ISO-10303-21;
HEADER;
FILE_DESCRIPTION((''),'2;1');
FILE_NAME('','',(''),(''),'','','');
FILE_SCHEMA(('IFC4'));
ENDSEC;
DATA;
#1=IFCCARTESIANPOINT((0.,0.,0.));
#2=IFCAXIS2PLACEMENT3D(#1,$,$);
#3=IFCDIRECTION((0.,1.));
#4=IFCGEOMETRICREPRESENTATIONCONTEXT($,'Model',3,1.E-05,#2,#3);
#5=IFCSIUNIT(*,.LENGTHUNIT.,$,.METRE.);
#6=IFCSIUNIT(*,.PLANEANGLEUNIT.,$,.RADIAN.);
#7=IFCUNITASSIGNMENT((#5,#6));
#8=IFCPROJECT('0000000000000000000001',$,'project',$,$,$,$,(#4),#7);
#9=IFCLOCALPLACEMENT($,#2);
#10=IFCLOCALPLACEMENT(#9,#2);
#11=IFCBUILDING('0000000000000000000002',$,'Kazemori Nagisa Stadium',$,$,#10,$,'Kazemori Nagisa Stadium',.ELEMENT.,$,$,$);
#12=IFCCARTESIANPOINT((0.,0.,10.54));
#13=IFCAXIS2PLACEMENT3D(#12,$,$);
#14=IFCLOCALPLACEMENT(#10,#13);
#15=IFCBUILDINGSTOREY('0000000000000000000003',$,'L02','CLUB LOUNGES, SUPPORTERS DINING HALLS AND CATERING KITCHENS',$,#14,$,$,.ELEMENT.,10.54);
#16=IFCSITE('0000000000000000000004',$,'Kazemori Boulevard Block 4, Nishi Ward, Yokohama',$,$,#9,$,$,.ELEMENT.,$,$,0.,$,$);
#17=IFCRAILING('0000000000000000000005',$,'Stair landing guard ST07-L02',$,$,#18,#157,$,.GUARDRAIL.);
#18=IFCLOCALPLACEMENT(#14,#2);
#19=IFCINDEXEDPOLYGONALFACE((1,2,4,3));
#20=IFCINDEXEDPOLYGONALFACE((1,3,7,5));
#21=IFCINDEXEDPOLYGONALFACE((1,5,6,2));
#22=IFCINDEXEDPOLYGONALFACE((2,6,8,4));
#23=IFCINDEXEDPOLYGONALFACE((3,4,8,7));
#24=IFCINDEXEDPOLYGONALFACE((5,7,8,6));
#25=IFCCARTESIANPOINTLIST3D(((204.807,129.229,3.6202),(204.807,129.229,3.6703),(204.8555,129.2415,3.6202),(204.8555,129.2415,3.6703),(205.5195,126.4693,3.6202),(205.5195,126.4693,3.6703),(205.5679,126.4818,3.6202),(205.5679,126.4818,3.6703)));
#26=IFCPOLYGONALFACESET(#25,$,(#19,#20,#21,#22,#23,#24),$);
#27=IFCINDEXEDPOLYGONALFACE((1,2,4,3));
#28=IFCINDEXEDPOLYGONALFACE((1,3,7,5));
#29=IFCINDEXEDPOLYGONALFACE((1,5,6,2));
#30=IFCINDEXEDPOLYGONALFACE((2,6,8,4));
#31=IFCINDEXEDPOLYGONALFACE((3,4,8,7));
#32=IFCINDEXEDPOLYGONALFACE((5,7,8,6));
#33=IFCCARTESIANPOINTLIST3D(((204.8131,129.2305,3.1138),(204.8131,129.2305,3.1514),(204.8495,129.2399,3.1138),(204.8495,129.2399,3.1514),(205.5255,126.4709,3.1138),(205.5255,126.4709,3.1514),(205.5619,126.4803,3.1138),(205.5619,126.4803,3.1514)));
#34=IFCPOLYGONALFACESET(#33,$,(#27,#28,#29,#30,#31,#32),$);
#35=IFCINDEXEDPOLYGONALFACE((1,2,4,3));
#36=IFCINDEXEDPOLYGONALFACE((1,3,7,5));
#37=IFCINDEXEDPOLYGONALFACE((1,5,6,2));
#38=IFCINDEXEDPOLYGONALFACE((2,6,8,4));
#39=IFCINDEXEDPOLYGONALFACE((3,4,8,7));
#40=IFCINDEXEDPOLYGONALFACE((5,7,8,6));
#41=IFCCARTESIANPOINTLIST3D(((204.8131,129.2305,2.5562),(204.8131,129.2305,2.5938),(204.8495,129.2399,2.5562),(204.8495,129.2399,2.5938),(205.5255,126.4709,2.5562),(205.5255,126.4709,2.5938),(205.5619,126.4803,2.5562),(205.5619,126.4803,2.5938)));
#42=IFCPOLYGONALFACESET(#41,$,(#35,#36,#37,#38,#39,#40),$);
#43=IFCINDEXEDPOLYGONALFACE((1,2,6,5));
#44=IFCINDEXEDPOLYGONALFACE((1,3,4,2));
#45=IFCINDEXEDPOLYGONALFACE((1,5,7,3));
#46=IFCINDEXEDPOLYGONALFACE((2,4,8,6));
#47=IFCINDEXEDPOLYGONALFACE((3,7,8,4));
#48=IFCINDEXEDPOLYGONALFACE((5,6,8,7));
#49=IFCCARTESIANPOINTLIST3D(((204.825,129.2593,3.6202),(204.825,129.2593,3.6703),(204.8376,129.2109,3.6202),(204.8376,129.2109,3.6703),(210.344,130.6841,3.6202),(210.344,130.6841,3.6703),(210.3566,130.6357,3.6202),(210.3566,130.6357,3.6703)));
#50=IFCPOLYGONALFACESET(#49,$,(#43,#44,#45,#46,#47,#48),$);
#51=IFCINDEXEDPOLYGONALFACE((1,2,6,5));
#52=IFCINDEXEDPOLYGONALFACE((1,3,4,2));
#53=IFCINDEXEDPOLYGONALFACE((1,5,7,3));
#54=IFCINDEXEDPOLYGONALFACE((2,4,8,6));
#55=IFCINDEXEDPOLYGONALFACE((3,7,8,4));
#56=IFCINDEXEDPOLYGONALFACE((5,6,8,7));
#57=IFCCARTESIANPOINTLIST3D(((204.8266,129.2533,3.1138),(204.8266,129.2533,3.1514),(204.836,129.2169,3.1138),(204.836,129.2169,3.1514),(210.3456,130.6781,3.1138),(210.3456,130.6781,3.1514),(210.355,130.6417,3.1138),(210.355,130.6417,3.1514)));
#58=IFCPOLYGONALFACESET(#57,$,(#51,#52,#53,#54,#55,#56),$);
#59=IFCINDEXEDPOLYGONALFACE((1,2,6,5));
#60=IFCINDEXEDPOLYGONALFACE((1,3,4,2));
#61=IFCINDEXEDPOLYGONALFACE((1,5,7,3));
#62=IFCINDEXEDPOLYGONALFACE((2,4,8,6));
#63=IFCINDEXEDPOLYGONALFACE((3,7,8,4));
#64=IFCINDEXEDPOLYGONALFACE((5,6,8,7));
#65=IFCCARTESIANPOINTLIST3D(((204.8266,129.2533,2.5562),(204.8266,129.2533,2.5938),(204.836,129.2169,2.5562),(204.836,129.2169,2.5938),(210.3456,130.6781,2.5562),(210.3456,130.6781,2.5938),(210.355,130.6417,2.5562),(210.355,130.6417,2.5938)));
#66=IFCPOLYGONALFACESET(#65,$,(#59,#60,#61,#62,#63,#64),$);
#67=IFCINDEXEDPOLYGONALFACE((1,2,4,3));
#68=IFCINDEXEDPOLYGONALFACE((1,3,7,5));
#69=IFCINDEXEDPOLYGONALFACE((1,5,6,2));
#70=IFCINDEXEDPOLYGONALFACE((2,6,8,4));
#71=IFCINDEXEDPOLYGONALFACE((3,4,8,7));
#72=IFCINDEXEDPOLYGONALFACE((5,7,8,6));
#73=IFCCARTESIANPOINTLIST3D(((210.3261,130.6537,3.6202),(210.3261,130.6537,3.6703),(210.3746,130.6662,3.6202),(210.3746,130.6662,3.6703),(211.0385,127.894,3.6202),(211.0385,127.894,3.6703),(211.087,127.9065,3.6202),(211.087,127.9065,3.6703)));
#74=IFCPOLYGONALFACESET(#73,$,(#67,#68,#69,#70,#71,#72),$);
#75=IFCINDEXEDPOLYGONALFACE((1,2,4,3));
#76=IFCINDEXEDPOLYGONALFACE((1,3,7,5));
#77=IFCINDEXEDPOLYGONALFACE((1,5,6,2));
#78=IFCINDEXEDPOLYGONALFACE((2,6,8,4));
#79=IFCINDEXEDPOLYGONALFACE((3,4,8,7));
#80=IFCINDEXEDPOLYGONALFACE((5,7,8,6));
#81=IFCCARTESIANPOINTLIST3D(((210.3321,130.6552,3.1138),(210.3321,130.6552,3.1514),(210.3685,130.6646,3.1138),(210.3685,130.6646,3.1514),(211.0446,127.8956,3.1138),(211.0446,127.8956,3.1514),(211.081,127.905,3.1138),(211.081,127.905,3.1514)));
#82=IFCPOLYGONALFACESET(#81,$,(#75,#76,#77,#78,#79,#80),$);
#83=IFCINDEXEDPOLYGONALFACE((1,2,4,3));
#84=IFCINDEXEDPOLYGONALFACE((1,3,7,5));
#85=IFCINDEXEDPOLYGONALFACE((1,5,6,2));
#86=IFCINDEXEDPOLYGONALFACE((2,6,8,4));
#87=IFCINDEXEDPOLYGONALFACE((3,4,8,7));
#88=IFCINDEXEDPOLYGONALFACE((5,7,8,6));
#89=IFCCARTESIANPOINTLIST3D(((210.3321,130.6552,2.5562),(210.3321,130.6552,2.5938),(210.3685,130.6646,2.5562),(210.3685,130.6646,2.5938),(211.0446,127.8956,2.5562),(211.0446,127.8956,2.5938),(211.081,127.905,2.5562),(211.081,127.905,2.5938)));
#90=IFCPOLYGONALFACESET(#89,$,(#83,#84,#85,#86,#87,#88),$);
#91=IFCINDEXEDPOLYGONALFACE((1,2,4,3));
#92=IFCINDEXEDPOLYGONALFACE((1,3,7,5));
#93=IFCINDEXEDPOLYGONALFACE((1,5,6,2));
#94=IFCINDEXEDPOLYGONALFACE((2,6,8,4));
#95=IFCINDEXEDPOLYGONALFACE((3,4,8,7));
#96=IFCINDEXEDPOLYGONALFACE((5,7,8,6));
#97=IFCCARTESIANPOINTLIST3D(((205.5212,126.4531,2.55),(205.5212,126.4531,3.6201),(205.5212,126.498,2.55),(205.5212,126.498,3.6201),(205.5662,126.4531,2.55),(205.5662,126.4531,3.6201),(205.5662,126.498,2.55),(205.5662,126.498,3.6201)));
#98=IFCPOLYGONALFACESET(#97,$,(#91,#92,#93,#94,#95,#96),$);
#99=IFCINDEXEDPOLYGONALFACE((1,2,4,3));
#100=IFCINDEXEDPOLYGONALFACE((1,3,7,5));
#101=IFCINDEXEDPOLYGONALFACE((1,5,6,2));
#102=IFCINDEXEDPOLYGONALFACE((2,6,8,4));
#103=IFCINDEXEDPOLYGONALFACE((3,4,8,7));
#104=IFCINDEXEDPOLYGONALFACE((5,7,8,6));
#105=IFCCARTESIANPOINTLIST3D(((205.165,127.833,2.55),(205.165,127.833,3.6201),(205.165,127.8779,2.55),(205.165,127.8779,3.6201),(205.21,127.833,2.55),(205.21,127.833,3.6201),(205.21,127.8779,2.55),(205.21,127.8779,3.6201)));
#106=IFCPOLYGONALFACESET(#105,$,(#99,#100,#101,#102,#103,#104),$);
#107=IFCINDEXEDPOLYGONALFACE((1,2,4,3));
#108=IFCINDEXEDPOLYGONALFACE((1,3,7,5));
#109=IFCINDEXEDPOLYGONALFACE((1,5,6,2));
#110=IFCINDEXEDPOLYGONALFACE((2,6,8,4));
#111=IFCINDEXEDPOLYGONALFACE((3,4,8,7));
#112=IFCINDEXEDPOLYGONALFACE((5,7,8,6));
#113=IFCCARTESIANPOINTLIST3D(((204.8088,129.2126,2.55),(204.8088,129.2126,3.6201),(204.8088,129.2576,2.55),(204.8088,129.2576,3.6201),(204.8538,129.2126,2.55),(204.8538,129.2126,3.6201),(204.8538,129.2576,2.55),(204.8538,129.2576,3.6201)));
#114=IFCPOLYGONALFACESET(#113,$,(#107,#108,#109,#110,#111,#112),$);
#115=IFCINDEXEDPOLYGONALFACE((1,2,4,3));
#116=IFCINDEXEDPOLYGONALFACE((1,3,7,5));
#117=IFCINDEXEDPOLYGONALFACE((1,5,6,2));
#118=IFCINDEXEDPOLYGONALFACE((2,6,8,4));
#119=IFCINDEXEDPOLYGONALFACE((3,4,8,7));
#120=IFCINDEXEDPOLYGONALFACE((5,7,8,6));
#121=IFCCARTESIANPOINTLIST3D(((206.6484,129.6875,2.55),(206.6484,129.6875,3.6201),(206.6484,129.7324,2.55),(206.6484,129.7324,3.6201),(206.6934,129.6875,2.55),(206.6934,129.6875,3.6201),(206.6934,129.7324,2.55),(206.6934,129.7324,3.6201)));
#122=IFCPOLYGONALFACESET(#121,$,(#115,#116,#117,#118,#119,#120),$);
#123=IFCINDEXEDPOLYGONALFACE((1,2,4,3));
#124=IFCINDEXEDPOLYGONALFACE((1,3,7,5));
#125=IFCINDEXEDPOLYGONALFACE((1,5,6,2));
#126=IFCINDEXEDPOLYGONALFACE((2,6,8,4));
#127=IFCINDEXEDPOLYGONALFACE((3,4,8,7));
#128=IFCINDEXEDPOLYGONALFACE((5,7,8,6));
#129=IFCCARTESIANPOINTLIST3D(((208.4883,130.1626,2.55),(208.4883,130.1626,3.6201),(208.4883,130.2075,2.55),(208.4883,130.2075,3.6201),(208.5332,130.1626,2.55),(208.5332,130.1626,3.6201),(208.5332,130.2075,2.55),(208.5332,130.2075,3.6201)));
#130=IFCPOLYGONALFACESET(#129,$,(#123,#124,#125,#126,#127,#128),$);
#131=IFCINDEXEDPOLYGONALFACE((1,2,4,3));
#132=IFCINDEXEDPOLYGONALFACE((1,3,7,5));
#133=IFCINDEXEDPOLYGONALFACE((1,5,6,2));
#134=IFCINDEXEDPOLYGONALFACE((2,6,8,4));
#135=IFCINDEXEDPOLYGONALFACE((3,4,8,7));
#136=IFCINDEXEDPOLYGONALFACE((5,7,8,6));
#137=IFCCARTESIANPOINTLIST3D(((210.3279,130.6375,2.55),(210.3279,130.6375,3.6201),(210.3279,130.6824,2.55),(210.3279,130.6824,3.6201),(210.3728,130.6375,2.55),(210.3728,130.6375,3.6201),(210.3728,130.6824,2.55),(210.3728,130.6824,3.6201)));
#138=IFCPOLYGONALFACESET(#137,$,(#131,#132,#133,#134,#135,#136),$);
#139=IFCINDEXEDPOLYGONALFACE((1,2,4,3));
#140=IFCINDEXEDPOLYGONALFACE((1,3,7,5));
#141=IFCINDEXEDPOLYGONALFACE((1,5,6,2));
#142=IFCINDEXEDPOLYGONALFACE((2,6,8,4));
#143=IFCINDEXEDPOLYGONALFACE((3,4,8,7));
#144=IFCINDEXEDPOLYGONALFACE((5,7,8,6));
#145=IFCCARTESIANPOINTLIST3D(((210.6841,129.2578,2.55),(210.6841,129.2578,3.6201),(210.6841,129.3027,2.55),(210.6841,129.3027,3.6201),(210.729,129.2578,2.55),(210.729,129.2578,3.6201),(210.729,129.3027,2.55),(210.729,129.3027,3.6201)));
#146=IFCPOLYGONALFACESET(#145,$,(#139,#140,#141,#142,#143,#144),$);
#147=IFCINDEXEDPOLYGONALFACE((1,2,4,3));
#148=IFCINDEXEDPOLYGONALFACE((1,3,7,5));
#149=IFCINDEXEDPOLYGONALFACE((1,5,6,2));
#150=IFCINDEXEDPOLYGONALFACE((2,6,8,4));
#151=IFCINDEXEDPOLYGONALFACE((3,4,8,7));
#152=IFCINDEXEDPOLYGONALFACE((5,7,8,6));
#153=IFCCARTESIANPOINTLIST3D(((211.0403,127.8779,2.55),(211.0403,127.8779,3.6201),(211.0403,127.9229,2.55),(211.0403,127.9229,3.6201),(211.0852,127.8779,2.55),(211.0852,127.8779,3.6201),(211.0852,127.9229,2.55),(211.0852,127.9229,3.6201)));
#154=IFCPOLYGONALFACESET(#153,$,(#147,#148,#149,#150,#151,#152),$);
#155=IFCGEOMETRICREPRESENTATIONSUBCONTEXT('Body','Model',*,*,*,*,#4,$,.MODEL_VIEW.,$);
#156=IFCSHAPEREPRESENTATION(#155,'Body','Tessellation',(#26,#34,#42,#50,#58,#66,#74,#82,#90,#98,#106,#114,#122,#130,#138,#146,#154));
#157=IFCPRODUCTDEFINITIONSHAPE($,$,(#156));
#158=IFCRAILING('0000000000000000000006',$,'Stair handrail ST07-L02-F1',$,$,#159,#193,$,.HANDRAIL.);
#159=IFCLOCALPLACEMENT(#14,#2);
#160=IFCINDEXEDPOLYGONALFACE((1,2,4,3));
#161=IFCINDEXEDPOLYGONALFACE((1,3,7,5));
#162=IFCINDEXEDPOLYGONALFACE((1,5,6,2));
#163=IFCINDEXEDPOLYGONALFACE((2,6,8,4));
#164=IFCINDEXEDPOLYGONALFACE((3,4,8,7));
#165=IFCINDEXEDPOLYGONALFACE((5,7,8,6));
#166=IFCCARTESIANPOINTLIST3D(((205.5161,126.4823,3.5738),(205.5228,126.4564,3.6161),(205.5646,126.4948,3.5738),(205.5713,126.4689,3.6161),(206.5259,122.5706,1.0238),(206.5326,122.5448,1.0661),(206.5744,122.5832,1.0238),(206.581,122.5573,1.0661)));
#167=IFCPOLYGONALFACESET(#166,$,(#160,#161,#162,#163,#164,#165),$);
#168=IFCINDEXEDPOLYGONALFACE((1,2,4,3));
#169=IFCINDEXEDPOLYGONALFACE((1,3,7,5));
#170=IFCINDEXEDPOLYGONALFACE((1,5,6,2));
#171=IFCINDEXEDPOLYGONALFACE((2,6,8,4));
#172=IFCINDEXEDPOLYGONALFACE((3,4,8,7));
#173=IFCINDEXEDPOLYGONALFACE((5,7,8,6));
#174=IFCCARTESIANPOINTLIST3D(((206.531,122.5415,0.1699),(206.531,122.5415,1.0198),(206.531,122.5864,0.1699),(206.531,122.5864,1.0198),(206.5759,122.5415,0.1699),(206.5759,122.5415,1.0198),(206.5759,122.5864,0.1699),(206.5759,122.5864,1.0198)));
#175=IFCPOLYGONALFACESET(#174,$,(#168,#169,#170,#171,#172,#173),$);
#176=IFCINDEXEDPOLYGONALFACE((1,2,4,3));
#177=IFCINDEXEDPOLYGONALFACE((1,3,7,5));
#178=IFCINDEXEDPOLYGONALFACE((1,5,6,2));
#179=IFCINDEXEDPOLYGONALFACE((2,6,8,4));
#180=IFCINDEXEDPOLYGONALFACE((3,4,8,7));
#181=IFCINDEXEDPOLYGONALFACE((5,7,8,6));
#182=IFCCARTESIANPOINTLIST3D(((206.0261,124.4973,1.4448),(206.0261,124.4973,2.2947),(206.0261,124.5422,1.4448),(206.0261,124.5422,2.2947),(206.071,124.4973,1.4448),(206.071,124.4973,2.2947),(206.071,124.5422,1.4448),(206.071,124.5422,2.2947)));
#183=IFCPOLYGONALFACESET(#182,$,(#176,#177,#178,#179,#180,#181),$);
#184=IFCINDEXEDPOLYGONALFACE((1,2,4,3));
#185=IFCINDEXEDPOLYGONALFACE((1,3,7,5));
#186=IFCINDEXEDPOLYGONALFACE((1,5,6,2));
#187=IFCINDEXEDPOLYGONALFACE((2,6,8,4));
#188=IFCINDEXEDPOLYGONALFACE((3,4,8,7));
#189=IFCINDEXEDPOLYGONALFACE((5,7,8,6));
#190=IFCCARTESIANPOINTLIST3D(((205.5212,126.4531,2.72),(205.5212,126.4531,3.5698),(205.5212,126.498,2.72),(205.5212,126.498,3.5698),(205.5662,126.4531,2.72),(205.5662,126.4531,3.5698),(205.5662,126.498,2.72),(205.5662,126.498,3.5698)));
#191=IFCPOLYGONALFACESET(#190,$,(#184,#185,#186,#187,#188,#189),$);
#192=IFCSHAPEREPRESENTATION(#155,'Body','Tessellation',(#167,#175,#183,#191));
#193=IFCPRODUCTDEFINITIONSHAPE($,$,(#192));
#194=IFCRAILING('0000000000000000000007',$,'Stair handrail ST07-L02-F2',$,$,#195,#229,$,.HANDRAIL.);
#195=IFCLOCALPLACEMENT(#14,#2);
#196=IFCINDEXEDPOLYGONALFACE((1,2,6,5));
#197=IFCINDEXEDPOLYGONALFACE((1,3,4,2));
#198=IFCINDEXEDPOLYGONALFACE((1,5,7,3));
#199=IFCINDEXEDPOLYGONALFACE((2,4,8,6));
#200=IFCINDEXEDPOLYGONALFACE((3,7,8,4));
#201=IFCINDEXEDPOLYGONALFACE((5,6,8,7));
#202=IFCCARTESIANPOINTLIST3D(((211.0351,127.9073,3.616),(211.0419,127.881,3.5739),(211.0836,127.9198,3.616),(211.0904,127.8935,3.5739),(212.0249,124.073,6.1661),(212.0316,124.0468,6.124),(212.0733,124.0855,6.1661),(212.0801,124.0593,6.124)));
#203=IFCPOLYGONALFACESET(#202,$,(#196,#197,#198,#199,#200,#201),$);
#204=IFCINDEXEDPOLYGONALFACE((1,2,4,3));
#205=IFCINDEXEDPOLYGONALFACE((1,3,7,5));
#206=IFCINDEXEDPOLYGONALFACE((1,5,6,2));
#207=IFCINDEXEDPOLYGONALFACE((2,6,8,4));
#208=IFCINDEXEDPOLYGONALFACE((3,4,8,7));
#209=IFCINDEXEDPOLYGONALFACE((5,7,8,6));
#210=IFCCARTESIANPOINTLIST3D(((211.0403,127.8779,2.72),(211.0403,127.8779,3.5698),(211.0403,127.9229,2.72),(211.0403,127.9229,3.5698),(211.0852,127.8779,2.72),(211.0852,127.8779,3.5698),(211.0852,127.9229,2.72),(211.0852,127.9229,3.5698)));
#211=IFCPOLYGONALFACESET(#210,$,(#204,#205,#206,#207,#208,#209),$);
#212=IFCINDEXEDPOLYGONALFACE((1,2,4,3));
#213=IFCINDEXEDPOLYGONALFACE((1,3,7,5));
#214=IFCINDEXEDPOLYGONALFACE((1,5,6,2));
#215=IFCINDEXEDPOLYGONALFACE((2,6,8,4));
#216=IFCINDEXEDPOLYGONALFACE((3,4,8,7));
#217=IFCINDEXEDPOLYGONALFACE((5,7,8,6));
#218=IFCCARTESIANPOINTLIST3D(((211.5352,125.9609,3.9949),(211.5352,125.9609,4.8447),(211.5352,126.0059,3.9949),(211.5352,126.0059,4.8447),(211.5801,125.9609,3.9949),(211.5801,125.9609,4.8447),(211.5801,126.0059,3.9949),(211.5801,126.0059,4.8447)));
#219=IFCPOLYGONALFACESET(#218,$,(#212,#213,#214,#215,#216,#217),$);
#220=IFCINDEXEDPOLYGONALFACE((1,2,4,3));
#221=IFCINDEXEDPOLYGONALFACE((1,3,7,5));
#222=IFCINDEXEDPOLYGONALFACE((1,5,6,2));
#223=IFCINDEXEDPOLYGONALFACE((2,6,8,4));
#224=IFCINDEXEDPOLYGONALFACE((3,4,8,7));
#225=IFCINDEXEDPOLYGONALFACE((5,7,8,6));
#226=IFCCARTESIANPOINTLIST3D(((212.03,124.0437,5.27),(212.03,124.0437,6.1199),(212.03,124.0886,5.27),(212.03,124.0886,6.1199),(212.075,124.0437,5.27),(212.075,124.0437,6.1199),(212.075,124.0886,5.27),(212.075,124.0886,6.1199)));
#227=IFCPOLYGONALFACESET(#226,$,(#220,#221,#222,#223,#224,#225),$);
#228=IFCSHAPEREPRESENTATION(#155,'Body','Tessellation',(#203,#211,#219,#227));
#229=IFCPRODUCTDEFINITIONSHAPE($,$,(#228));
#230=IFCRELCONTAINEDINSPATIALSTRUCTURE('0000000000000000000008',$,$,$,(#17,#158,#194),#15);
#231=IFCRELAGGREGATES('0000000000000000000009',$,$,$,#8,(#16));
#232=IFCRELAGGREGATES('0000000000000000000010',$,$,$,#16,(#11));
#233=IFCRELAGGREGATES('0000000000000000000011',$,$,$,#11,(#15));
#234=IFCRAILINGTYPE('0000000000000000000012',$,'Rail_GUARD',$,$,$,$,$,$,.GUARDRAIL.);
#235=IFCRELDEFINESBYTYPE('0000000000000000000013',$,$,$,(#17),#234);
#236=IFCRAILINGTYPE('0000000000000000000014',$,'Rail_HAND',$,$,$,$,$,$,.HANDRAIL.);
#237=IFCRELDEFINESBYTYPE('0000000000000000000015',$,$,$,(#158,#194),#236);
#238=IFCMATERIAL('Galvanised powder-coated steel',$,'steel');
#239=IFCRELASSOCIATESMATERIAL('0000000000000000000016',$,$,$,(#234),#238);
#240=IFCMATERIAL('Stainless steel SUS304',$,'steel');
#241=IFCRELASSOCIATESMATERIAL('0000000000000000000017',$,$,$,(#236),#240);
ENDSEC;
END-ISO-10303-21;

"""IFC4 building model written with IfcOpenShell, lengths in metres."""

from ifc_helpers import new_model, si_unit, direction, frame, origin, origin_2d, place, context, subcontext, project, spatial, rectangle, extrude, material, type_object, element, save


model = new_model("IFC4")

# Units and contexts
model_context = context("Model", 3, precision=1e-05, world=origin(), true_north=direction((0.0, 1.0)))
body_context = subcontext(model_context, "Body", "Model", "MODEL_VIEW")
ifc_project = project(units=[si_unit("LENGTHUNIT", "METRE"), si_unit("PLANEANGLEUNIT", "RADIAN")], contexts=[model_context])

# Site, building, storey
site_placement = place(None, origin())
site = spatial("IfcSite", under=ifc_project, at=site_placement, Name="Kazemori Boulevard Block 4, Nishi Ward, Yokohama", CompositionType="ELEMENT", RefElevation=0.0)
building_placement = place(site_placement, origin())
building = spatial("IfcBuilding", under=site, at=building_placement, Name="Kazemori Nagisa Stadium", LongName="Kazemori Nagisa Stadium", CompositionType="ELEMENT")
storey_placement = place(building_placement, frame((0.0, 0.0, 10.54)))
storey = spatial("IfcBuildingStorey", under=building, at=storey_placement, Name="L02", Description="CLUB LOUNGES, SUPPORTERS DINING HALLS AND CATERING KITCHENS", CompositionType="ELEMENT", Elevation=10.54)

# Shared definitions
ifc_material_1 = material(Name="Stainless steel SUS304", Category="steel")

# Railings
ifc_material_2 = material(Name="Galvanised powder-coated steel", Category="steel")
railing_type_1 = type_object("IfcRailingType", Name="Rail_GUARD", PredefinedType="GUARDRAIL", material=ifc_material_2)
railing_1_placement = place(storey_placement, frame((205.5437, 126.4756, 2.55)))
element("IfcRailing", 1, at=railing_1_placement, inside=storey, type_object=railing_type_1, Name="Stair landing guard ST07-L02", PredefinedType="GUARDRAIL", context=body_context, shape_type="SweptSolid", body=[
    extrude(rectangle(XDim=0.05, YDim=0.05, at=origin_2d()), frame((0.0, 0.0, 1.0952), z_axis=(-0.249966, 0.968255, 0.0), x_axis=(-0.968255, -0.249966, 0.0)), (0.0, 0.0, 1.0), 2.8501),
    extrude(rectangle(XDim=0.0376, YDim=0.0376, at=origin_2d()), frame((0.0, 0.0, 0.5825), z_axis=(-0.249966, 0.968255, 0.0), x_axis=(-0.968255, -0.249966, 0.0)), (0.0, 0.0, 1.0), 2.8501),
    extrude(rectangle(XDim=0.0376, YDim=0.0376, at=origin_2d()), frame((0.0, 0.0, 0.0249), z_axis=(-0.249966, 0.968255, 0.0), x_axis=(-0.968255, -0.249966, 0.0)), (0.0, 0.0, 1.0), 2.8501),
    extrude(rectangle(XDim=0.05, YDim=0.05, at=origin_2d()), frame((-0.7124, 2.7595, 1.0952), z_axis=(0.968255, 0.249966, 0.0), x_axis=(-0.249966, 0.968255, 0.0)), (0.0, 0.0, 1.0), 5.7),
    extrude(rectangle(XDim=0.0376, YDim=0.0376, at=origin_2d()), frame((-0.7124, 2.7595, 0.5825), z_axis=(0.968255, 0.249966, 0.0), x_axis=(-0.249966, 0.968255, 0.0)), (0.0, 0.0, 1.0), 5.7),
    extrude(rectangle(XDim=0.0376, YDim=0.0376, at=origin_2d()), frame((-0.7124, 2.7595, 0.0249), z_axis=(0.968255, 0.249966, 0.0), x_axis=(-0.249966, 0.968255, 0.0)), (0.0, 0.0, 1.0), 5.7),
    extrude(rectangle(XDim=0.05, YDim=0.05, at=origin_2d()), frame((4.8066, 4.1843, 1.0952), z_axis=(0.249966, -0.968255, 0.0), x_axis=(0.968255, 0.249966, 0.0)), (0.0, 0.0, 1.0), 2.8501),
    extrude(rectangle(XDim=0.0376, YDim=0.0376, at=origin_2d()), frame((4.8066, 4.1843, 0.5825), z_axis=(0.249966, -0.968255, 0.0), x_axis=(0.968255, 0.249966, 0.0)), (0.0, 0.0, 1.0), 2.8501),
    extrude(rectangle(XDim=0.0376, YDim=0.0376, at=origin_2d()), frame((4.8066, 4.1843, 0.0249), z_axis=(0.249966, -0.968255, 0.0), x_axis=(0.968255, 0.249966, 0.0)), (0.0, 0.0, 1.0), 2.8501),
    extrude(rectangle(XDim=0.0449, YDim=0.0449, at=origin_2d()), origin(), (0.0, 0.0, 1.0), 1.0701),
    extrude(rectangle(XDim=0.0449, YDim=0.0449, at=origin_2d()), frame((-0.3562, 1.3799, 0.0)), (0.0, 0.0, 1.0), 1.0701),
    extrude(rectangle(XDim=0.0449, YDim=0.0449, at=origin_2d()), frame((-0.7124, 2.7595, 0.0)), (0.0, 0.0, 1.0), 1.0701),
    extrude(rectangle(XDim=0.0449, YDim=0.0449, at=origin_2d()), frame((1.1272, 3.2344, 0.0)), (0.0, 0.0, 1.0), 1.0701),
    extrude(rectangle(XDim=0.0449, YDim=0.0449, at=origin_2d()), frame((2.967, 3.7095, 0.0)), (0.0, 0.0, 1.0), 1.0701),
    extrude(rectangle(XDim=0.0449, YDim=0.0449, at=origin_2d()), frame((4.8066, 4.1843, 0.0)), (0.0, 0.0, 1.0), 1.0701),
    extrude(rectangle(XDim=0.0449, YDim=0.0449, at=origin_2d()), frame((5.1628, 2.8047, 0.0)), (0.0, 0.0, 1.0), 1.0701),
    extrude(rectangle(XDim=0.0449, YDim=0.0449, at=origin_2d()), frame((5.519, 1.4248, 0.0)), (0.0, 0.0, 1.0), 1.0701),
])
railing_type_2 = type_object("IfcRailingType", Name="Rail_HAND", PredefinedType="HANDRAIL", material=ifc_material_1)
railing_2_placement = place(storey_placement, frame((206.5535, 122.564, 0.1699)))
element("IfcRailing", 2, at=railing_2_placement, inside=storey, type_object=railing_type_2, Name="Stair handrail ST07-L02-F1", PredefinedType="HANDRAIL", context=body_context, shape_type="SweptSolid", body=[
    extrude(rectangle(XDim=0.05, YDim=0.05, at=origin_2d()), frame((0.0, 0.0, 0.875), z_axis=(-0.211365, 0.818783, 0.533778), x_axis=(-0.968258, -0.249951, 0.0)), (0.0, 0.0, 1.0), 4.7773),
    extrude(rectangle(XDim=0.0449, YDim=0.0449, at=origin_2d()), origin(), (0.0, 0.0, 1.0), 0.8499),
    extrude(rectangle(XDim=0.0449, YDim=0.0449, at=origin_2d()), frame((-0.5049, 1.9558, 1.2749)), (0.0, 0.0, 1.0), 0.8499),
    extrude(rectangle(XDim=0.0449, YDim=0.0449, at=origin_2d()), frame((-1.0098, 3.9116, 2.55)), (0.0, 0.0, 1.0), 0.8499),
])
railing_3_placement = place(storey_placement, frame((211.0627, 127.9004, 2.72)))
element("IfcRailing", 3, at=railing_3_placement, inside=storey, type_object=railing_type_2, Name="Stair handrail ST07-L02-F2", PredefinedType="HANDRAIL", context=body_context, shape_type="SweptSolid", body=[
    extrude(rectangle(XDim=0.05, YDim=0.05, at=origin_2d()), frame((0.0, 0.0, 0.875), z_axis=(0.210139, -0.814069, 0.541417), x_axis=(0.968261, 0.249941, 0.0)), (0.0, 0.0, 1.0), 4.71),
    extrude(rectangle(XDim=0.0449, YDim=0.0449, at=origin_2d()), origin(), (0.0, 0.0, 1.0), 0.8499),
    extrude(rectangle(XDim=0.0449, YDim=0.0449, at=origin_2d()), frame((0.4949, -1.917, 1.2749)), (0.0, 0.0, 1.0), 0.8499),
    extrude(rectangle(XDim=0.0449, YDim=0.0449, at=origin_2d()), frame((0.9897, -3.8342, 2.55)), (0.0, 0.0, 1.0), 0.8499),
])

save(model, "model.ifc")
